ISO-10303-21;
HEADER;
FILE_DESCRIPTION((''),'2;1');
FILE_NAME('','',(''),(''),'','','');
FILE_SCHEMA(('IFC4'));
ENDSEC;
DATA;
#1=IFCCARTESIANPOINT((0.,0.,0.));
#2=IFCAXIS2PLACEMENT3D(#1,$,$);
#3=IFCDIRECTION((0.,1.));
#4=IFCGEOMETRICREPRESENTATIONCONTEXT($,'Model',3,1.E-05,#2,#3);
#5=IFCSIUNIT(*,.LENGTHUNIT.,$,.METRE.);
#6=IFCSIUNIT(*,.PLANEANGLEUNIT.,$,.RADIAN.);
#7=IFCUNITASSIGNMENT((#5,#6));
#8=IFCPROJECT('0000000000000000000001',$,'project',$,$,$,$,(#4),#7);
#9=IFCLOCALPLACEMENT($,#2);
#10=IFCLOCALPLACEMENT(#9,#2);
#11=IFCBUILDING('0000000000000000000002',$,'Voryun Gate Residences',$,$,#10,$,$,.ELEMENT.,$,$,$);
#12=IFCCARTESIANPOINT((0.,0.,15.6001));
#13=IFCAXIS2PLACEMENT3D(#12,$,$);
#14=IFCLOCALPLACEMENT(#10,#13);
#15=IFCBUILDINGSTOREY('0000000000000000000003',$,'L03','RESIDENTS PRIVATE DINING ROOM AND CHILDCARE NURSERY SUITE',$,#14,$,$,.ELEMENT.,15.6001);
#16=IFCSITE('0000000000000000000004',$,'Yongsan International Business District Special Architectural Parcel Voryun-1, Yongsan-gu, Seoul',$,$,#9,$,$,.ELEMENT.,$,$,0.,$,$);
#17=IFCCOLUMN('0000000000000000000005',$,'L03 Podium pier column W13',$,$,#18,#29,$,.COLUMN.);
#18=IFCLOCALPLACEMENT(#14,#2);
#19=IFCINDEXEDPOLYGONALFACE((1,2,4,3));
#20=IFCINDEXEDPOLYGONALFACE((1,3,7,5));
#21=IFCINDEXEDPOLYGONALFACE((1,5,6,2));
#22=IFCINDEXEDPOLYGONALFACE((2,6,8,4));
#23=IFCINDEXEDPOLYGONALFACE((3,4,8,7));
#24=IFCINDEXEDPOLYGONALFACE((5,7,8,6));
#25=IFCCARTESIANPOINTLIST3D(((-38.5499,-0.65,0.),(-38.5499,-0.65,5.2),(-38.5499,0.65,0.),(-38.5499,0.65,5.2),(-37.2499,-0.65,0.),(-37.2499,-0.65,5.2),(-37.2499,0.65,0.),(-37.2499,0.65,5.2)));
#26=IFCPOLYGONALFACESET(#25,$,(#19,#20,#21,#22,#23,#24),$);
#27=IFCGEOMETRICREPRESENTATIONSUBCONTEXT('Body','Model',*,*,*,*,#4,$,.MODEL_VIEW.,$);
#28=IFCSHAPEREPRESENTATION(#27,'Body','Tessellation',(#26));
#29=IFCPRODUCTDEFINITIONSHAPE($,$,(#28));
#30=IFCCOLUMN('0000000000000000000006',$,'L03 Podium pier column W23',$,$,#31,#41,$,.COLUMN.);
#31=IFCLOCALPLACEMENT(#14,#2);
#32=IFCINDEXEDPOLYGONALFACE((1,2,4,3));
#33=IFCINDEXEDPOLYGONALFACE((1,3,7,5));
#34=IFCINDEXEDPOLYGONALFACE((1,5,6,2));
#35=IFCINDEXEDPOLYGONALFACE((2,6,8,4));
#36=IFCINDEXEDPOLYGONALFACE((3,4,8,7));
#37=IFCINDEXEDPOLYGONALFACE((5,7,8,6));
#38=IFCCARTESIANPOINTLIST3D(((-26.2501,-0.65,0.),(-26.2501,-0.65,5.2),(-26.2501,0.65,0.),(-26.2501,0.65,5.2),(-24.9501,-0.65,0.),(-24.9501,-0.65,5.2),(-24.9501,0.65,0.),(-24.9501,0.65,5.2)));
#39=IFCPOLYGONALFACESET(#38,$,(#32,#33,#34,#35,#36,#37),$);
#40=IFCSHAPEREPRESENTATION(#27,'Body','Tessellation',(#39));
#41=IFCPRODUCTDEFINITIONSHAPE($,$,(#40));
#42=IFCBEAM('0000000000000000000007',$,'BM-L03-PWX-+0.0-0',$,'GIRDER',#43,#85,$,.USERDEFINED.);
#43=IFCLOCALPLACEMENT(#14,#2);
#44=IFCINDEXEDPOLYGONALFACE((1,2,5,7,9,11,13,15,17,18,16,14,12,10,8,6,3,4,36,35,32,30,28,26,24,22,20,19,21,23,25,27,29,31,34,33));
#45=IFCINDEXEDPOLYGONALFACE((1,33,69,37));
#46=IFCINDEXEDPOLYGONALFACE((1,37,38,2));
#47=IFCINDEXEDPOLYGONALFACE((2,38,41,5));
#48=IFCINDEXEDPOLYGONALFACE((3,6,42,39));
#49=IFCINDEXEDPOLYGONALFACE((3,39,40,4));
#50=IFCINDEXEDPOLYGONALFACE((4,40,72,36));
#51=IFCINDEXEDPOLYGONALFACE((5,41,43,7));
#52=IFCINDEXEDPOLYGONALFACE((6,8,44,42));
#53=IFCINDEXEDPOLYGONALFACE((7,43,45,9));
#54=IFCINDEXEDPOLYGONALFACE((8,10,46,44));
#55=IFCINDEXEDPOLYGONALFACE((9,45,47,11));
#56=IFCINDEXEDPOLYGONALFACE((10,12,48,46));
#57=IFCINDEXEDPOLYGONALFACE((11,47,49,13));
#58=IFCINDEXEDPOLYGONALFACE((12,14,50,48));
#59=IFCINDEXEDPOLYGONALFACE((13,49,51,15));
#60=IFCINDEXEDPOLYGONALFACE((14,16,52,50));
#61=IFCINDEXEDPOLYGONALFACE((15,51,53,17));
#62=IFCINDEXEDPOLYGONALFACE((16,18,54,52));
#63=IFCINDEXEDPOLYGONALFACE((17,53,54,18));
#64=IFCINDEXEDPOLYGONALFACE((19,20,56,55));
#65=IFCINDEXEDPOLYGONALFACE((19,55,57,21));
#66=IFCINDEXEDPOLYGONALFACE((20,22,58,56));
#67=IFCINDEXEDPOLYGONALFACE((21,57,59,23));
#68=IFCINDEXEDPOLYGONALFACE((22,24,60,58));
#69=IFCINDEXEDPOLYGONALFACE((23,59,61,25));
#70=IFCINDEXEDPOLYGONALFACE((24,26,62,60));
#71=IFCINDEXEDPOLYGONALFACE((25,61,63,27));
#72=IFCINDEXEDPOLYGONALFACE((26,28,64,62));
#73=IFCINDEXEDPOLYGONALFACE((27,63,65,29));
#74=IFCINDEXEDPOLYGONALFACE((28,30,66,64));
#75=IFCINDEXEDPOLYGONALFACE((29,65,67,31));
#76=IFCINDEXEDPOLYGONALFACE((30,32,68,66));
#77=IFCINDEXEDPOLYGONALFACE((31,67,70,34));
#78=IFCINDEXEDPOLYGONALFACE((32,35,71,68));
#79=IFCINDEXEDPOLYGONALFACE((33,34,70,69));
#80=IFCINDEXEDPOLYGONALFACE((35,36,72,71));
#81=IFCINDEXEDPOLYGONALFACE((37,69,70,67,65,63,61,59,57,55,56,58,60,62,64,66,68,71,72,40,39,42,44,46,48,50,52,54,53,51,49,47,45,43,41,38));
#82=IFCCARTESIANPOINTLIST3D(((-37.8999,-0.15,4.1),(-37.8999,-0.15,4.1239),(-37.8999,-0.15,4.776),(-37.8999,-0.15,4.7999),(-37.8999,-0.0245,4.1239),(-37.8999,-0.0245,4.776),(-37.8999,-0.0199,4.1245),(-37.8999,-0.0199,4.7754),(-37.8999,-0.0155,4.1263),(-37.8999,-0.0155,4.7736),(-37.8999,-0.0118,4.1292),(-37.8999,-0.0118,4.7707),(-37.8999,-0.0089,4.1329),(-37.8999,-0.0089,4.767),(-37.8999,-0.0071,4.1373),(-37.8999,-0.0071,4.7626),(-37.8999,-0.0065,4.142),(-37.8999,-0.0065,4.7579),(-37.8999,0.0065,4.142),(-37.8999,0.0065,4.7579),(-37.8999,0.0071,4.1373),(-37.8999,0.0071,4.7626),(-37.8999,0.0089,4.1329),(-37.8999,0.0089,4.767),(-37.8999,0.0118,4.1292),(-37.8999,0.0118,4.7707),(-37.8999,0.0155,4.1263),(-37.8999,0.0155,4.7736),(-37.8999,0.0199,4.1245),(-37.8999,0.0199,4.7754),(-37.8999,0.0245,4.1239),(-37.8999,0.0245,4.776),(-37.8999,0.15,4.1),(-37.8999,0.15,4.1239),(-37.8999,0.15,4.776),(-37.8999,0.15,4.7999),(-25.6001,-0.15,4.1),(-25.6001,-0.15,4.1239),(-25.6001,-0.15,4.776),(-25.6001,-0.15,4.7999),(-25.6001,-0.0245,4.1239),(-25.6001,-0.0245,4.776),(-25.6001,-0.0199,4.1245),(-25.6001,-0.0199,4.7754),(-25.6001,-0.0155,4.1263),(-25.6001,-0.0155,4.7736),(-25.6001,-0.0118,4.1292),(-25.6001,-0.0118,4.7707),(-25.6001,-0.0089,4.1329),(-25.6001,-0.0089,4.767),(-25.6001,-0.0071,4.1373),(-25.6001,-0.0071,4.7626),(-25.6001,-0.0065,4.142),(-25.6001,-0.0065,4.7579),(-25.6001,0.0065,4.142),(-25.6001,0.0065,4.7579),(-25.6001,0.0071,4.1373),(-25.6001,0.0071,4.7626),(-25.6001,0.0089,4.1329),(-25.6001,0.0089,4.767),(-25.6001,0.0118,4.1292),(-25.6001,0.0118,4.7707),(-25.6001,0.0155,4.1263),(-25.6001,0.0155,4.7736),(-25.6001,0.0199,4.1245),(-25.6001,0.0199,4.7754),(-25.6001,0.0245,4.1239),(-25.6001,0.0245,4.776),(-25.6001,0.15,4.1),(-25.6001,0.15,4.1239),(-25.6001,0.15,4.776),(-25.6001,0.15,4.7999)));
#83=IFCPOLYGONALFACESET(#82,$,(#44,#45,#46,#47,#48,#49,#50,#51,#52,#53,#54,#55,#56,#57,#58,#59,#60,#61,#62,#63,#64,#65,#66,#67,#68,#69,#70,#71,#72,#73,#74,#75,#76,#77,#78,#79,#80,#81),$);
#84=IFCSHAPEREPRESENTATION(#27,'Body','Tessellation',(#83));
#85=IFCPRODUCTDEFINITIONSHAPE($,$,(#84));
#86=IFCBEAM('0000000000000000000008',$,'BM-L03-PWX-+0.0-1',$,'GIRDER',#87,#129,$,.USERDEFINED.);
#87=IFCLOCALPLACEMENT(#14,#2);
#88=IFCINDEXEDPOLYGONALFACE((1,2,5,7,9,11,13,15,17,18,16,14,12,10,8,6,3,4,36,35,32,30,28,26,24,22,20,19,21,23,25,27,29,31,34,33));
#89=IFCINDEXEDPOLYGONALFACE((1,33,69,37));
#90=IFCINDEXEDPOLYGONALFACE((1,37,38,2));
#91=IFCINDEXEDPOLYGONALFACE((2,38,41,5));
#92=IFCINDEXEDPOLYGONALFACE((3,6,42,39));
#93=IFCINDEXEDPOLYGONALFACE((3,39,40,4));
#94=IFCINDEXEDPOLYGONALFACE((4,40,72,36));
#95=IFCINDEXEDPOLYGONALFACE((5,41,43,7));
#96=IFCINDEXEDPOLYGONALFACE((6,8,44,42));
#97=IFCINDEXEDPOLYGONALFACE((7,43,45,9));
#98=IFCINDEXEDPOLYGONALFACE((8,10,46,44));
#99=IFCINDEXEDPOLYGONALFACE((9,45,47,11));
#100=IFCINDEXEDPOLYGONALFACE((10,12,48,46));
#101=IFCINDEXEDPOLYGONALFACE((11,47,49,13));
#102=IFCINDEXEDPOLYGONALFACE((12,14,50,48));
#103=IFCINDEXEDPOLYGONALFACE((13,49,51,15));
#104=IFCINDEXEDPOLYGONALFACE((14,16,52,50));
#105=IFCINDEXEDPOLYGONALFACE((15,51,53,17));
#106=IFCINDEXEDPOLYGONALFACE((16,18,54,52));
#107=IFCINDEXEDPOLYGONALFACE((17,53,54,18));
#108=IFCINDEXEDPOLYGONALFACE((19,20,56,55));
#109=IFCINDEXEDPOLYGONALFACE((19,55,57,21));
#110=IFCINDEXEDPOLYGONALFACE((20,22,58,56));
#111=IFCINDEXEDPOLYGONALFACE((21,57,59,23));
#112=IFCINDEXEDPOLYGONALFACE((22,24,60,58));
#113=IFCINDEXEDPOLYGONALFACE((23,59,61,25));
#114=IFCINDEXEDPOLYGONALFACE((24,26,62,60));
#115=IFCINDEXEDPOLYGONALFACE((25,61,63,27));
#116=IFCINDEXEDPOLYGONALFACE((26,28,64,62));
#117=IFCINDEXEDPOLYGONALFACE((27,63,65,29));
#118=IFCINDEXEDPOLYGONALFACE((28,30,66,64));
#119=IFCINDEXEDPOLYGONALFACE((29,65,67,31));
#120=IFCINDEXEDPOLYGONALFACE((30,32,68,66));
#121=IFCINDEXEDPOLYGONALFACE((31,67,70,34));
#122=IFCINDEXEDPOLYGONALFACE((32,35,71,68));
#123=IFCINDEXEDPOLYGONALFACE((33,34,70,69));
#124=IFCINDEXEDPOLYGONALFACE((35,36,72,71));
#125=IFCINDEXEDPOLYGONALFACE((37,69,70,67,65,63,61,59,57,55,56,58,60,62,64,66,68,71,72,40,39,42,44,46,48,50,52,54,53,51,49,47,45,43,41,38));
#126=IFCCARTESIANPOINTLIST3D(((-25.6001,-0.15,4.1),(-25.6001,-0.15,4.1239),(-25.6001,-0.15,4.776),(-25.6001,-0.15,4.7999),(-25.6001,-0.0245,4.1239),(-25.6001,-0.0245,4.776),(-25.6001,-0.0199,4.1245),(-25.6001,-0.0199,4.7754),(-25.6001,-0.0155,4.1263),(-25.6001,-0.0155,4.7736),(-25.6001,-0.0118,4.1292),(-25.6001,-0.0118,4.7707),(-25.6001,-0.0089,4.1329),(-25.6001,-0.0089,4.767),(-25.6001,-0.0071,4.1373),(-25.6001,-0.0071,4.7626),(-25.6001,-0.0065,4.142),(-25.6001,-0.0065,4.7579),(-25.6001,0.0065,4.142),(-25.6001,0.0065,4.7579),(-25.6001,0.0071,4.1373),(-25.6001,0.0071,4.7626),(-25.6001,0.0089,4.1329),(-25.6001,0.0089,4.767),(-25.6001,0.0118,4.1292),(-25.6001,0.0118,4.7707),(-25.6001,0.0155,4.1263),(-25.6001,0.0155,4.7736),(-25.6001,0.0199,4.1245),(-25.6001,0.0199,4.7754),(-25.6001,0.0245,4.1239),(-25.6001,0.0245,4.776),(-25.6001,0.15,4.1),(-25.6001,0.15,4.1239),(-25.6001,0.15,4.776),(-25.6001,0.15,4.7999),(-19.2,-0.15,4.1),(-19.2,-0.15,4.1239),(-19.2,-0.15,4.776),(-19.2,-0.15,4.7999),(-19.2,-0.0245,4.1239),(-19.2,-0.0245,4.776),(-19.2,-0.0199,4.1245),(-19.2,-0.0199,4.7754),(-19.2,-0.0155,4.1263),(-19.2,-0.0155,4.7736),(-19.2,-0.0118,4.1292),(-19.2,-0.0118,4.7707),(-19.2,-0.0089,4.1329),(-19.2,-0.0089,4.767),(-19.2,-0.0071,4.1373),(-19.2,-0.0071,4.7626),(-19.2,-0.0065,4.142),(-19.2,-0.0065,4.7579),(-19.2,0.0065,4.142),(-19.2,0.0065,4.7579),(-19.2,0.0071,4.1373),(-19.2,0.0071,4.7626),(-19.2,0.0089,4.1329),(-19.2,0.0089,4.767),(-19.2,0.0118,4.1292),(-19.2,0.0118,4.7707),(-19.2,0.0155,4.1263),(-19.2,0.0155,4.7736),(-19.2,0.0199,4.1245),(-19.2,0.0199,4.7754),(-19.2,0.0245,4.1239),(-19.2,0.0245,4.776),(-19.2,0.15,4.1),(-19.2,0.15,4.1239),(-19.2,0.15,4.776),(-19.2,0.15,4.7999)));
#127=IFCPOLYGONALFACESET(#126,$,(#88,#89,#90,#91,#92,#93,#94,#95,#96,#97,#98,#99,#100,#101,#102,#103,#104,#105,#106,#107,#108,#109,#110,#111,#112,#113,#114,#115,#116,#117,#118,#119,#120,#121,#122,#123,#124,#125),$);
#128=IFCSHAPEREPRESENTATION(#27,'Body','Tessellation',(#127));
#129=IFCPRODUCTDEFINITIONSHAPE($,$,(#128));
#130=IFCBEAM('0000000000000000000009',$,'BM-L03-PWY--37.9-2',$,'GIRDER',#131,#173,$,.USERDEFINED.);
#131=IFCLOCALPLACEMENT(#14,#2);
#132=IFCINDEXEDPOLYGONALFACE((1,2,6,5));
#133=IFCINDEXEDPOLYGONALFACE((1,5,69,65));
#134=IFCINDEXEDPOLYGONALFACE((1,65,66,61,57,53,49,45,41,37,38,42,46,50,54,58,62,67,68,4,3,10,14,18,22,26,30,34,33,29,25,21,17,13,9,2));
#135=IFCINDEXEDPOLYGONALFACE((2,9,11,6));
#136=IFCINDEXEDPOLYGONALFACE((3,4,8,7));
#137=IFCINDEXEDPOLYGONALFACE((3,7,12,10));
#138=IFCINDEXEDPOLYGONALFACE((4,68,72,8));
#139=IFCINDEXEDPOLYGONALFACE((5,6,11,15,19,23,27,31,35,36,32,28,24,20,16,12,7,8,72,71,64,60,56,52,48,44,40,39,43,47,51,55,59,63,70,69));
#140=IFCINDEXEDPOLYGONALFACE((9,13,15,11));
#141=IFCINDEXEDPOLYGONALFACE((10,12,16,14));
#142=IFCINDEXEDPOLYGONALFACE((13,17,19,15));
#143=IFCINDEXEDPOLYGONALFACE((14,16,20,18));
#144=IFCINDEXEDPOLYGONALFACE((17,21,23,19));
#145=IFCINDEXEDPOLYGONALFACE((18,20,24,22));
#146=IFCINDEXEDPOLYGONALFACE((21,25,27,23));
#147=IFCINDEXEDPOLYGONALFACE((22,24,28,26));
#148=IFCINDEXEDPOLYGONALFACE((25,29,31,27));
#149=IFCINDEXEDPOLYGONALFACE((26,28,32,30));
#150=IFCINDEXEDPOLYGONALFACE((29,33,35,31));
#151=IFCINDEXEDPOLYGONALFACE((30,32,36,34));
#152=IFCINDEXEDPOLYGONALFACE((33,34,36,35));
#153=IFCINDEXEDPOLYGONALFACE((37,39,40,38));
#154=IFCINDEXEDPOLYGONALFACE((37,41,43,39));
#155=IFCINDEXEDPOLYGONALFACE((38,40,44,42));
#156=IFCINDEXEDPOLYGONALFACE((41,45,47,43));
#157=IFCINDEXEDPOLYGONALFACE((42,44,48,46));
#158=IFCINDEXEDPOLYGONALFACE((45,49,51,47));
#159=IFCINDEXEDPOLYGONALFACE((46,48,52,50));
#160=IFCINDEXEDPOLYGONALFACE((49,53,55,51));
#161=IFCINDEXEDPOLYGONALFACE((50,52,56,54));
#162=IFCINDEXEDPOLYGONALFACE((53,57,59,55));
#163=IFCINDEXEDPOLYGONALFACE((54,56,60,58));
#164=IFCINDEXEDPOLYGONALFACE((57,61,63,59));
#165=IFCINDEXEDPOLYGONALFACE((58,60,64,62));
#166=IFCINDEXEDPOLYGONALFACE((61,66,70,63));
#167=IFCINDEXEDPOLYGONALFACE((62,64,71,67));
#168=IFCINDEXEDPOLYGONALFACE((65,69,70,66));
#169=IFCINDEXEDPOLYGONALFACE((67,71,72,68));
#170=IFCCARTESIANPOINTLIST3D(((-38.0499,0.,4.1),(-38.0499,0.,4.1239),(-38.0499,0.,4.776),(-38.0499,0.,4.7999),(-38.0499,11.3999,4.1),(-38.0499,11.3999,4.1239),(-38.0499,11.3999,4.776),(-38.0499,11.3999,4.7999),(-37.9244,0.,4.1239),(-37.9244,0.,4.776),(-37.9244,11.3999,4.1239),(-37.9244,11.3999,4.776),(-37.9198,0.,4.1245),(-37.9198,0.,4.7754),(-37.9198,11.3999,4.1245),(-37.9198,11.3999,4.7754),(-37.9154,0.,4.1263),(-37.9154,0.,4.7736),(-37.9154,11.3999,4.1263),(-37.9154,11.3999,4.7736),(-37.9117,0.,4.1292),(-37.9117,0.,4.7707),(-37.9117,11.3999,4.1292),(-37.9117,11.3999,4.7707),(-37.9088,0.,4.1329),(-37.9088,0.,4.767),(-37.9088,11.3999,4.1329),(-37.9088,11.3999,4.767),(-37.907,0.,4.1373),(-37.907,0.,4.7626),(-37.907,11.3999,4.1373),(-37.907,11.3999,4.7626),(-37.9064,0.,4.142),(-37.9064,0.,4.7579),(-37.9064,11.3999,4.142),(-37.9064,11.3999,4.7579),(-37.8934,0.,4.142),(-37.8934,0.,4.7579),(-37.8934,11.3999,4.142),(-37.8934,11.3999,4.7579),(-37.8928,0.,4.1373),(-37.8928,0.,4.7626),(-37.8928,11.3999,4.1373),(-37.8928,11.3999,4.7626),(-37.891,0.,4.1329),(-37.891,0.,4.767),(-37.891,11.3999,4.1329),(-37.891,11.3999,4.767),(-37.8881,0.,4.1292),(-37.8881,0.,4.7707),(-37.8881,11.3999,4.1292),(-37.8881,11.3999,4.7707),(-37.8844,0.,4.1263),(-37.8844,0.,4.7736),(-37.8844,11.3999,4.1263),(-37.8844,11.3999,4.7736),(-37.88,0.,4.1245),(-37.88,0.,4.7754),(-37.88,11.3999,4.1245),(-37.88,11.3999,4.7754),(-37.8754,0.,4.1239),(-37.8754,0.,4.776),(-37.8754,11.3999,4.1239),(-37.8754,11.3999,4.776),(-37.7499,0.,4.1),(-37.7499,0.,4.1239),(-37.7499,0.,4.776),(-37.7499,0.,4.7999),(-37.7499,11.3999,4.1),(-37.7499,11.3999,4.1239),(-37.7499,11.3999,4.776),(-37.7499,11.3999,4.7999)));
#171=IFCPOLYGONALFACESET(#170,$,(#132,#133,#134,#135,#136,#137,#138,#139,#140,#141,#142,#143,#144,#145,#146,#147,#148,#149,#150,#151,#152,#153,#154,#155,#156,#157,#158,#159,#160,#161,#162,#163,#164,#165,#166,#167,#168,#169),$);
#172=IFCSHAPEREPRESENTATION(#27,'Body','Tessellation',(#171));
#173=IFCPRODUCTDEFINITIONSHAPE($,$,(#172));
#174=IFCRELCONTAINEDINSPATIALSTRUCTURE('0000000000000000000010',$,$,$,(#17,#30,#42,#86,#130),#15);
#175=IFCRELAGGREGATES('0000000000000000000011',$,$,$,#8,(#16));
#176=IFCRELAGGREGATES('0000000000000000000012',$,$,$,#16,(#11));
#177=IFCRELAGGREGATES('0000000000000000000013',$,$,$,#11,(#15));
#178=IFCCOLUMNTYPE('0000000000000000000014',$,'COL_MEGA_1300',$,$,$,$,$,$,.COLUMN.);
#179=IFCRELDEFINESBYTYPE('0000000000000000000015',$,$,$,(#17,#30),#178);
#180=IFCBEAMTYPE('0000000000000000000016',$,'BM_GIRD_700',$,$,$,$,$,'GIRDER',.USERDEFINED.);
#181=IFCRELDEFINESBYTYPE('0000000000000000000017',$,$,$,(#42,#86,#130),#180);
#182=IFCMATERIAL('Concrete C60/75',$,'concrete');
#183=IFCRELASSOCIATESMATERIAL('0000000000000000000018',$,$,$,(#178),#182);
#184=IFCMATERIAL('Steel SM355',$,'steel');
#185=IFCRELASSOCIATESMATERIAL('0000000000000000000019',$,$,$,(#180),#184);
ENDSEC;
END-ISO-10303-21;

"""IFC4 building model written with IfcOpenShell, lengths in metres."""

from ifc_helpers import new_model, si_unit, direction, frame, origin, origin_2d, place, context, subcontext, project, spatial, rectangle, i_section, extrude, material, material_profile, profile_set, type_object, element, save


model = new_model("IFC4")

# Units and contexts
model_context = context("Model", 3, precision=1e-05, world=origin(), true_north=direction((0.0, 1.0)))
body_context = subcontext(model_context, "Body", "Model", "MODEL_VIEW")
ifc_project = project(units=[si_unit("LENGTHUNIT", "METRE"), si_unit("PLANEANGLEUNIT", "RADIAN")], contexts=[model_context])

# Site, building, storey
site_placement = place(None, origin())
site = spatial("IfcSite", under=ifc_project, at=site_placement, Name="Yongsan International Business District Special Architectural Parcel Voryun-1, Yongsan-gu, Seoul", CompositionType="ELEMENT", RefElevation=0.0)
building_placement = place(site_placement, origin())
building = spatial("IfcBuilding", under=site, at=building_placement, Name="Voryun Gate Residences", CompositionType="ELEMENT")
storey_placement = place(building_placement, frame((0.0, 0.0, 15.6001)))
storey = spatial("IfcBuildingStorey", under=building, at=storey_placement, Name="L03", Description="RESIDENTS PRIVATE DINING ROOM AND CHILDCARE NURSERY SUITE", CompositionType="ELEMENT", Elevation=15.6001)

# Columns
ifc_material_1 = material(Name="Concrete C60/75", Category="concrete")
ifc_material_profile_1 = material_profile(ifc_material_1, rectangle(XDim=1.3, YDim=1.3, at=origin_2d()), Name="RC-1300x1300")
ifc_profile_set_1 = profile_set([ifc_material_profile_1], Name="Concrete C60/75")
column_type = type_object("IfcColumnType", Name="COL_MEGA_1300", PredefinedType="COLUMN", material=ifc_profile_set_1)
for number, where, z_axis, x_axis, name in (
    (1, (-37.8999, 0.0, 0.0), (0.0, 0.0, 1.0), (1.0, 0.0, 0.0), "L03 Podium pier column W13"),
    (2, (-25.6001, 0.0, 0.0), (0.0, 0.0, 1.0), (1.0, 0.0, 0.0), "L03 Podium pier column W23"),
):
    element("IfcColumn", number, at=place(storey_placement, frame(where, z_axis=z_axis, x_axis=x_axis)), inside=storey, type_object=column_type, Name=name, PredefinedType="COLUMN", context=body_context, shape_type="SweptSolid", body=[
        extrude(rectangle(XDim=1.3, YDim=1.3, at=origin_2d()), origin(), (0.0, 0.0, 1.0), 5.2),
    ])

# Beams
ifc_material_2 = material(Name="Steel SM355", Category="steel")
ifc_material_profile_2 = material_profile(ifc_material_2, i_section(OverallWidth=0.3, OverallDepth=0.7, WebThickness=0.0129, FlangeThickness=0.0239, FilletRadius=0.0181, at=origin_2d()), Name="H-700x300x13x24")
ifc_profile_set_2 = profile_set([ifc_material_profile_2], Name="Steel SM355")
beam_type = type_object("IfcBeamType", Name="BM_GIRD_700", ElementType="GIRDER", PredefinedType="USERDEFINED", material=ifc_profile_set_2)
beam_1_placement = place(storey_placement, frame((-37.8999, 0.0, 4.45), z_axis=(1.0, 0.0, 0.0), x_axis=(0.0, 1.0, 0.0)))
element("IfcBeam", 3, at=beam_1_placement, inside=storey, type_object=beam_type, Name="BM-L03-PWX-+0.0-0", ObjectType="GIRDER", PredefinedType="USERDEFINED", context=body_context, shape_type="SweptSolid", body=[
    extrude(i_section(OverallWidth=0.3, OverallDepth=0.7, WebThickness=0.0129, FlangeThickness=0.0239, FilletRadius=0.0181, at=origin_2d()), origin(), (0.0, 0.0, 1.0), 12.2998),
])
beam_2_placement = place(storey_placement, frame((-25.6001, 0.0, 4.45), z_axis=(1.0, 0.0, 0.0), x_axis=(0.0, 1.0, 0.0)))
element("IfcBeam", 4, at=beam_2_placement, inside=storey, type_object=beam_type, Name="BM-L03-PWX-+0.0-1", ObjectType="GIRDER", PredefinedType="USERDEFINED", context=body_context, shape_type="SweptSolid", body=[
    extrude(i_section(OverallWidth=0.3, OverallDepth=0.7, WebThickness=0.0129, FlangeThickness=0.0239, FilletRadius=0.0181, at=origin_2d()), origin(), (0.0, 0.0, 1.0), 6.4001),
])
for number, where, z_axis, x_axis, name in (
    (5, (-37.8999, 0.0, 4.45), (0.0, 1.0, 0.0), (-1.0, 0.0, 0.0), "BM-L03-PWY--37.9-2"),
):
    element("IfcBeam", number, at=place(storey_placement, frame(where, z_axis=z_axis, x_axis=x_axis)), inside=storey, type_object=beam_type, Name=name, ObjectType="GIRDER", PredefinedType="USERDEFINED", context=body_context, shape_type="SweptSolid", body=[
        extrude(i_section(OverallWidth=0.3, OverallDepth=0.7, WebThickness=0.0129, FlangeThickness=0.0239, FilletRadius=0.0181, at=origin_2d()), origin(), (0.0, 0.0, 1.0), 11.3999),
    ])

save(model, "model.ifc")
